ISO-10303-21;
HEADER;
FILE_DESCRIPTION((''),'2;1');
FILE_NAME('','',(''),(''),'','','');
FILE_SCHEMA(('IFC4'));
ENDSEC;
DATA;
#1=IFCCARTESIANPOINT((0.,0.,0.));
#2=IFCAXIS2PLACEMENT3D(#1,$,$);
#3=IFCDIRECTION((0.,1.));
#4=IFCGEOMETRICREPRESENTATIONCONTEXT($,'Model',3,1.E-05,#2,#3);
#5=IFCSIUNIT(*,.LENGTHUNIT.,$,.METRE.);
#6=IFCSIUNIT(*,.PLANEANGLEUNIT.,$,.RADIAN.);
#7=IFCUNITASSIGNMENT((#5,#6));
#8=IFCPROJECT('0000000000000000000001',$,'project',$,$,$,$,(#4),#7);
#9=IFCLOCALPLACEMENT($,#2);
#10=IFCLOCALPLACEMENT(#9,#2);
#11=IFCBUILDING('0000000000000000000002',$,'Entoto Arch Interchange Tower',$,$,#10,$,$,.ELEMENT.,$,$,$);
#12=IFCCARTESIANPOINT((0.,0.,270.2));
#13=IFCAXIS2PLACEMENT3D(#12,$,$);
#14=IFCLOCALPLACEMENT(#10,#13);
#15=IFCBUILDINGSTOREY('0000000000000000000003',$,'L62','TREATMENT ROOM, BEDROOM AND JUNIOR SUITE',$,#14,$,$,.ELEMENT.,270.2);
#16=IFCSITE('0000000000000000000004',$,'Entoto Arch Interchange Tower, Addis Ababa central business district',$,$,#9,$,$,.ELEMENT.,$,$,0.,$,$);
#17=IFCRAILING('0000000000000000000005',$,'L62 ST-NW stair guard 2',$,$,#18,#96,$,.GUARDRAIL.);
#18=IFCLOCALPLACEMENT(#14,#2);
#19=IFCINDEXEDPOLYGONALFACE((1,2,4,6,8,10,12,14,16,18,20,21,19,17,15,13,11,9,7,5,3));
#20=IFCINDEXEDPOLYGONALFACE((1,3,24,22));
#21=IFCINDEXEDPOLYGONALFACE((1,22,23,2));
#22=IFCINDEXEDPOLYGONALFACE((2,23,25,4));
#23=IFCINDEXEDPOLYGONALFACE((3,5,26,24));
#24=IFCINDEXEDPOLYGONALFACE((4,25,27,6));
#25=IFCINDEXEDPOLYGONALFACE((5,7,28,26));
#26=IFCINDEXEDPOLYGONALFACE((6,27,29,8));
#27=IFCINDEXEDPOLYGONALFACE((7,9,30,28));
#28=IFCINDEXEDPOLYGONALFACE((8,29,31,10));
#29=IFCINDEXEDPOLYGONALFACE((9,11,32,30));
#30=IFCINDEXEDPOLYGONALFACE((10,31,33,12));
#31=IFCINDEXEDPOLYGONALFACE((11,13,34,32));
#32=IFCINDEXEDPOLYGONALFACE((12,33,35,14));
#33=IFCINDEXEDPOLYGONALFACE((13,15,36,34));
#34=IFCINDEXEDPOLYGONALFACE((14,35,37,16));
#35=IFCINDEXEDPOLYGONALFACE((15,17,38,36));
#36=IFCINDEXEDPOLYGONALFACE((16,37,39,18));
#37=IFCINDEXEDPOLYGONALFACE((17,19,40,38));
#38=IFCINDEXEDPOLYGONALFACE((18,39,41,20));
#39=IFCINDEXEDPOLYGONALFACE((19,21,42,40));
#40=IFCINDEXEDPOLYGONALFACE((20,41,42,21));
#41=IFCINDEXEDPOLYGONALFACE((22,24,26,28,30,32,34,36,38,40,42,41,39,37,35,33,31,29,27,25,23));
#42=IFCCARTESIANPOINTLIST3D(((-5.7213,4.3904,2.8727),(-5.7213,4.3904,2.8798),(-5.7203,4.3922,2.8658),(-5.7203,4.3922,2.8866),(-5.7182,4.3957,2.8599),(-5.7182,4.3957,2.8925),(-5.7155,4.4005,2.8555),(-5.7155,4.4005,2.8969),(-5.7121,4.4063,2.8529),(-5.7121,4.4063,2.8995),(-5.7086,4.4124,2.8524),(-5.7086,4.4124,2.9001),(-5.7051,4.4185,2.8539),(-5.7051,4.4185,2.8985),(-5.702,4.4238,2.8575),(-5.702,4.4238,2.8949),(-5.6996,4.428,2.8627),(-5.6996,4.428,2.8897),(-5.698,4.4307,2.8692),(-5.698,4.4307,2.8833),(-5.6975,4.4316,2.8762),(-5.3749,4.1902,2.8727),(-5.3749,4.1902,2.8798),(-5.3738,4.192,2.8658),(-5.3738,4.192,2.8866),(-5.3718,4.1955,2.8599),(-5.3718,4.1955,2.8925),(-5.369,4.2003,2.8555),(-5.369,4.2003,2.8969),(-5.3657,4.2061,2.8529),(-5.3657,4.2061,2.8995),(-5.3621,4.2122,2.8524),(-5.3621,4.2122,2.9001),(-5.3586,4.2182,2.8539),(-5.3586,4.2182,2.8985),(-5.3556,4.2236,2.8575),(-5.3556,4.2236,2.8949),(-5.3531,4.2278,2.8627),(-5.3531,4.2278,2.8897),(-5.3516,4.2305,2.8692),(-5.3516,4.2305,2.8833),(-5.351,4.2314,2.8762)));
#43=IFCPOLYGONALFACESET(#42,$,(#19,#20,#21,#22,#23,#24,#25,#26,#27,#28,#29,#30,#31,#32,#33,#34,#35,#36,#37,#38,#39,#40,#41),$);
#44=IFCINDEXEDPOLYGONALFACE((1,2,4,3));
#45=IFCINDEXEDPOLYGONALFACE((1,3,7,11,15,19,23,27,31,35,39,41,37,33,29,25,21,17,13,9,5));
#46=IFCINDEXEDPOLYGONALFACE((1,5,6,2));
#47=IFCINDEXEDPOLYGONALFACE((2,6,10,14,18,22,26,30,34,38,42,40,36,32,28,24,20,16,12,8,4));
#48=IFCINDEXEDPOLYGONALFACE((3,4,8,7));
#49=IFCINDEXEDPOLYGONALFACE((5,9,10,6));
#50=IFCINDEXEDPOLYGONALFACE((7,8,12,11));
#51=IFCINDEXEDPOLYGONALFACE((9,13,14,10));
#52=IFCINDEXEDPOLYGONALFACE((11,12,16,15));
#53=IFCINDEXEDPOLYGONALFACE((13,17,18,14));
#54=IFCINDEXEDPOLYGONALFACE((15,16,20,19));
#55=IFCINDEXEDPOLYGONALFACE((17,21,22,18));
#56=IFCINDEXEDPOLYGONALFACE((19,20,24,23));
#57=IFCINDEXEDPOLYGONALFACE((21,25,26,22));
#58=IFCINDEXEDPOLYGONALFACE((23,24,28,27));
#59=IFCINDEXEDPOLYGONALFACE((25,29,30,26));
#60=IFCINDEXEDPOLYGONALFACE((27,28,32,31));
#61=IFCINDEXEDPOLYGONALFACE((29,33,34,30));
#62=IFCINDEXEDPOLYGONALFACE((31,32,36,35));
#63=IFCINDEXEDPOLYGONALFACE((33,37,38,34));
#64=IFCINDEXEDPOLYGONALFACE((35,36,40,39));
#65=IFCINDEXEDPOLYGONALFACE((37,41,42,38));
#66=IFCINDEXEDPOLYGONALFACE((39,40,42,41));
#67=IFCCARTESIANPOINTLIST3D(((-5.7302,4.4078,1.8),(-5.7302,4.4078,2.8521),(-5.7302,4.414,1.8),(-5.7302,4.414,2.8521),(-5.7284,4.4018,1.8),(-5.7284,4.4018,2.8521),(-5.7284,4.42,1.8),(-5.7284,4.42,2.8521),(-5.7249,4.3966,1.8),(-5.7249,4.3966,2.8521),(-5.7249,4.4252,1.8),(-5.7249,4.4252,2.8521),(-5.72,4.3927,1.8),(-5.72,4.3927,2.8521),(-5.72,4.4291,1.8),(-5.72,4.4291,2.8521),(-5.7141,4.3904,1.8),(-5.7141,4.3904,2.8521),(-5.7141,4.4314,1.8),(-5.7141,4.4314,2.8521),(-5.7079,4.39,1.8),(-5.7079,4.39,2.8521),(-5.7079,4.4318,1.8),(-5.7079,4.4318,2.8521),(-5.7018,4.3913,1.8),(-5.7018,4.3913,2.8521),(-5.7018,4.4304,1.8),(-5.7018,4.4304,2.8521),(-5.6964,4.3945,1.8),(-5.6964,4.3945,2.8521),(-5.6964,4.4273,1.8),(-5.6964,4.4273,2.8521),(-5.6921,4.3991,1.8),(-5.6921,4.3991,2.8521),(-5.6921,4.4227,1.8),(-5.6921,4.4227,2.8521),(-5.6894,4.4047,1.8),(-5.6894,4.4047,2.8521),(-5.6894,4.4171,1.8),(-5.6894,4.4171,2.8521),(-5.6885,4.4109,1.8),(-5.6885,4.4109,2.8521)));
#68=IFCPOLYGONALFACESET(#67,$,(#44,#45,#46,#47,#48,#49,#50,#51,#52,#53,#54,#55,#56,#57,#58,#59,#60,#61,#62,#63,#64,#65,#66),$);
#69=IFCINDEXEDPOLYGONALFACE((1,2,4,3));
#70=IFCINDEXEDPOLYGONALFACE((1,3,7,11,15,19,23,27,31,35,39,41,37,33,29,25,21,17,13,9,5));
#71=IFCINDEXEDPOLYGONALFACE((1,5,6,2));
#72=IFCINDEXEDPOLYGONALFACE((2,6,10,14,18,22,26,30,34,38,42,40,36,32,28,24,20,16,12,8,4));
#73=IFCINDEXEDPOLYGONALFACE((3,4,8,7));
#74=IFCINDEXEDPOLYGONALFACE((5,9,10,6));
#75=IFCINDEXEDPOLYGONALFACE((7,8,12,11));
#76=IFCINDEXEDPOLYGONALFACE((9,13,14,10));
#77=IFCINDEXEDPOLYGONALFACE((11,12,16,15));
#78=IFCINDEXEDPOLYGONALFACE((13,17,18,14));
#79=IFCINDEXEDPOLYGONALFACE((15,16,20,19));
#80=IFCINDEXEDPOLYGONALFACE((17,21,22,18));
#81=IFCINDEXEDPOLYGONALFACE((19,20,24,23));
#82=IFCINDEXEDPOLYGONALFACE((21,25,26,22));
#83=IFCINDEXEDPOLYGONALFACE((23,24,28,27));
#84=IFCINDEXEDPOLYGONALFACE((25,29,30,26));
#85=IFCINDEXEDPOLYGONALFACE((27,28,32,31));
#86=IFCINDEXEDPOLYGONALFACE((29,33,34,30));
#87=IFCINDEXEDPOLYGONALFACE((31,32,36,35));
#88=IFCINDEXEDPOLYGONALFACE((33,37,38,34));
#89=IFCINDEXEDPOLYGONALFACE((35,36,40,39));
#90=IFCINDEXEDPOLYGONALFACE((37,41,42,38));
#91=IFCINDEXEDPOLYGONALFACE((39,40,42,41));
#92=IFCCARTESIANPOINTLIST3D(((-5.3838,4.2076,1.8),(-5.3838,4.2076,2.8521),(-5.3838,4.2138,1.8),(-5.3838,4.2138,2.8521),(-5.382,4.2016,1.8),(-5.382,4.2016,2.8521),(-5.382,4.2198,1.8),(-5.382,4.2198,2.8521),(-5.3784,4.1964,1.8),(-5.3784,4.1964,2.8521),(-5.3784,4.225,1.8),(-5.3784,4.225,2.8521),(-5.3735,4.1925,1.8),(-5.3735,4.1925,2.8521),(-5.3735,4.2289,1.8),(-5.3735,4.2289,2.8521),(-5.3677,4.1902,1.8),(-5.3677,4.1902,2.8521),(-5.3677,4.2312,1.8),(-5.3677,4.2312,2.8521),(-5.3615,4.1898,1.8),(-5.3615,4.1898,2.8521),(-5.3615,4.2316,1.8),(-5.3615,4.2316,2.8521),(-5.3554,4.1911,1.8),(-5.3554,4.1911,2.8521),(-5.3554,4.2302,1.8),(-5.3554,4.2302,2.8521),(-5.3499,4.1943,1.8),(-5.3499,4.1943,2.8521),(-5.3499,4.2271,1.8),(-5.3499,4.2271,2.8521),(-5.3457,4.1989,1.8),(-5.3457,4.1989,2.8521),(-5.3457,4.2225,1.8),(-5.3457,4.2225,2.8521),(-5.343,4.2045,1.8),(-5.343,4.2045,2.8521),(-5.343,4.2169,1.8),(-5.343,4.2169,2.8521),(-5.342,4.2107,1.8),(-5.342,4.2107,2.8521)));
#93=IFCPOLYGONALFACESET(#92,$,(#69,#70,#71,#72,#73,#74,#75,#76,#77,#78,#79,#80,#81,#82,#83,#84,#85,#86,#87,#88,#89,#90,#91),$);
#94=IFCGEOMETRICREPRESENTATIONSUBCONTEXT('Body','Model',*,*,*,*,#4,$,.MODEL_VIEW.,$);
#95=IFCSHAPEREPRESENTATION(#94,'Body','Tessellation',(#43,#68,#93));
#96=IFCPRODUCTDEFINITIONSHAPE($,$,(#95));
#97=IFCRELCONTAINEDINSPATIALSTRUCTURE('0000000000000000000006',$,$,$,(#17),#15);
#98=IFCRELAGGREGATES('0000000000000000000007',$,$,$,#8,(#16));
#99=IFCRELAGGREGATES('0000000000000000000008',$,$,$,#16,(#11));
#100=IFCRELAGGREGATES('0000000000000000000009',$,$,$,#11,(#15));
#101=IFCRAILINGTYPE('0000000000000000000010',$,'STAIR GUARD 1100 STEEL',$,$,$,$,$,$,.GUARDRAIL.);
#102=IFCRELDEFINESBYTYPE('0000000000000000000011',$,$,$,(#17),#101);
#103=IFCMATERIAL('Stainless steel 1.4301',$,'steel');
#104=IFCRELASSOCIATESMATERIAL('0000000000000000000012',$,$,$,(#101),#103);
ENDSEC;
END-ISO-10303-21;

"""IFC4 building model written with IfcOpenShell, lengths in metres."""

from ifc_helpers import new_model, si_unit, direction, frame, origin, origin_2d, place, context, subcontext, project, spatial, circle, extrude, material, type_object, element, save


model = new_model("IFC4")

# Units and contexts
model_context = context("Model", 3, precision=1e-05, world=origin(), true_north=direction((0.0, 1.0)))
body_context = subcontext(model_context, "Body", "Model", "MODEL_VIEW")
ifc_project = project(units=[si_unit("LENGTHUNIT", "METRE"), si_unit("PLANEANGLEUNIT", "RADIAN")], contexts=[model_context])

# Site, building, storey
site_placement = place(None, origin())
site = spatial("IfcSite", under=ifc_project, at=site_placement, Name="Entoto Arch Interchange Tower, Addis Ababa central business district", CompositionType="ELEMENT", RefElevation=0.0)
building_placement = place(site_placement, origin())
building = spatial("IfcBuilding", under=site, at=building_placement, Name="Entoto Arch Interchange Tower", CompositionType="ELEMENT")
storey_placement = place(building_placement, frame((0.0, 0.0, 270.2)))
storey = spatial("IfcBuildingStorey", under=building, at=storey_placement, Name="L62", Description="TREATMENT ROOM, BEDROOM AND JUNIOR SUITE", CompositionType="ELEMENT", Elevation=270.2)

# Railing
ifc_material_1 = material(Name="Stainless steel 1.4301", Category="steel")
railing_type_1 = type_object("IfcRailingType", Name="STAIR GUARD 1100 STEEL", PredefinedType="GUARDRAIL", material=ifc_material_1)
railing_1_placement = place(storey_placement, frame((-5.7095, 4.4109, 1.8)))
element("IfcRailing", 1, at=railing_1_placement, inside=storey, type_object=railing_type_1, Name="L62 ST-NW stair guard 2", PredefinedType="GUARDRAIL", context=body_context, shape_type="SweptSolid", body=[
    extrude(circle(Radius=0.0239, at=origin_2d()), frame((0.0, 0.0, 1.0762), z_axis=(0.86583, -0.500339, 0.0), x_axis=(0.500339, 0.86583, 0.0)), (0.0, 0.0, 1.0), 0.4001),
    extrude(circle(Radius=0.021, at=origin_2d()), origin(), (0.0, 0.0, 1.0), 1.052),
    extrude(circle(Radius=0.021, at=origin_2d()), frame((0.3464, -0.2002, 0.0)), (0.0, 0.0, 1.0), 1.052),
])

save(model, "model.ifc")
